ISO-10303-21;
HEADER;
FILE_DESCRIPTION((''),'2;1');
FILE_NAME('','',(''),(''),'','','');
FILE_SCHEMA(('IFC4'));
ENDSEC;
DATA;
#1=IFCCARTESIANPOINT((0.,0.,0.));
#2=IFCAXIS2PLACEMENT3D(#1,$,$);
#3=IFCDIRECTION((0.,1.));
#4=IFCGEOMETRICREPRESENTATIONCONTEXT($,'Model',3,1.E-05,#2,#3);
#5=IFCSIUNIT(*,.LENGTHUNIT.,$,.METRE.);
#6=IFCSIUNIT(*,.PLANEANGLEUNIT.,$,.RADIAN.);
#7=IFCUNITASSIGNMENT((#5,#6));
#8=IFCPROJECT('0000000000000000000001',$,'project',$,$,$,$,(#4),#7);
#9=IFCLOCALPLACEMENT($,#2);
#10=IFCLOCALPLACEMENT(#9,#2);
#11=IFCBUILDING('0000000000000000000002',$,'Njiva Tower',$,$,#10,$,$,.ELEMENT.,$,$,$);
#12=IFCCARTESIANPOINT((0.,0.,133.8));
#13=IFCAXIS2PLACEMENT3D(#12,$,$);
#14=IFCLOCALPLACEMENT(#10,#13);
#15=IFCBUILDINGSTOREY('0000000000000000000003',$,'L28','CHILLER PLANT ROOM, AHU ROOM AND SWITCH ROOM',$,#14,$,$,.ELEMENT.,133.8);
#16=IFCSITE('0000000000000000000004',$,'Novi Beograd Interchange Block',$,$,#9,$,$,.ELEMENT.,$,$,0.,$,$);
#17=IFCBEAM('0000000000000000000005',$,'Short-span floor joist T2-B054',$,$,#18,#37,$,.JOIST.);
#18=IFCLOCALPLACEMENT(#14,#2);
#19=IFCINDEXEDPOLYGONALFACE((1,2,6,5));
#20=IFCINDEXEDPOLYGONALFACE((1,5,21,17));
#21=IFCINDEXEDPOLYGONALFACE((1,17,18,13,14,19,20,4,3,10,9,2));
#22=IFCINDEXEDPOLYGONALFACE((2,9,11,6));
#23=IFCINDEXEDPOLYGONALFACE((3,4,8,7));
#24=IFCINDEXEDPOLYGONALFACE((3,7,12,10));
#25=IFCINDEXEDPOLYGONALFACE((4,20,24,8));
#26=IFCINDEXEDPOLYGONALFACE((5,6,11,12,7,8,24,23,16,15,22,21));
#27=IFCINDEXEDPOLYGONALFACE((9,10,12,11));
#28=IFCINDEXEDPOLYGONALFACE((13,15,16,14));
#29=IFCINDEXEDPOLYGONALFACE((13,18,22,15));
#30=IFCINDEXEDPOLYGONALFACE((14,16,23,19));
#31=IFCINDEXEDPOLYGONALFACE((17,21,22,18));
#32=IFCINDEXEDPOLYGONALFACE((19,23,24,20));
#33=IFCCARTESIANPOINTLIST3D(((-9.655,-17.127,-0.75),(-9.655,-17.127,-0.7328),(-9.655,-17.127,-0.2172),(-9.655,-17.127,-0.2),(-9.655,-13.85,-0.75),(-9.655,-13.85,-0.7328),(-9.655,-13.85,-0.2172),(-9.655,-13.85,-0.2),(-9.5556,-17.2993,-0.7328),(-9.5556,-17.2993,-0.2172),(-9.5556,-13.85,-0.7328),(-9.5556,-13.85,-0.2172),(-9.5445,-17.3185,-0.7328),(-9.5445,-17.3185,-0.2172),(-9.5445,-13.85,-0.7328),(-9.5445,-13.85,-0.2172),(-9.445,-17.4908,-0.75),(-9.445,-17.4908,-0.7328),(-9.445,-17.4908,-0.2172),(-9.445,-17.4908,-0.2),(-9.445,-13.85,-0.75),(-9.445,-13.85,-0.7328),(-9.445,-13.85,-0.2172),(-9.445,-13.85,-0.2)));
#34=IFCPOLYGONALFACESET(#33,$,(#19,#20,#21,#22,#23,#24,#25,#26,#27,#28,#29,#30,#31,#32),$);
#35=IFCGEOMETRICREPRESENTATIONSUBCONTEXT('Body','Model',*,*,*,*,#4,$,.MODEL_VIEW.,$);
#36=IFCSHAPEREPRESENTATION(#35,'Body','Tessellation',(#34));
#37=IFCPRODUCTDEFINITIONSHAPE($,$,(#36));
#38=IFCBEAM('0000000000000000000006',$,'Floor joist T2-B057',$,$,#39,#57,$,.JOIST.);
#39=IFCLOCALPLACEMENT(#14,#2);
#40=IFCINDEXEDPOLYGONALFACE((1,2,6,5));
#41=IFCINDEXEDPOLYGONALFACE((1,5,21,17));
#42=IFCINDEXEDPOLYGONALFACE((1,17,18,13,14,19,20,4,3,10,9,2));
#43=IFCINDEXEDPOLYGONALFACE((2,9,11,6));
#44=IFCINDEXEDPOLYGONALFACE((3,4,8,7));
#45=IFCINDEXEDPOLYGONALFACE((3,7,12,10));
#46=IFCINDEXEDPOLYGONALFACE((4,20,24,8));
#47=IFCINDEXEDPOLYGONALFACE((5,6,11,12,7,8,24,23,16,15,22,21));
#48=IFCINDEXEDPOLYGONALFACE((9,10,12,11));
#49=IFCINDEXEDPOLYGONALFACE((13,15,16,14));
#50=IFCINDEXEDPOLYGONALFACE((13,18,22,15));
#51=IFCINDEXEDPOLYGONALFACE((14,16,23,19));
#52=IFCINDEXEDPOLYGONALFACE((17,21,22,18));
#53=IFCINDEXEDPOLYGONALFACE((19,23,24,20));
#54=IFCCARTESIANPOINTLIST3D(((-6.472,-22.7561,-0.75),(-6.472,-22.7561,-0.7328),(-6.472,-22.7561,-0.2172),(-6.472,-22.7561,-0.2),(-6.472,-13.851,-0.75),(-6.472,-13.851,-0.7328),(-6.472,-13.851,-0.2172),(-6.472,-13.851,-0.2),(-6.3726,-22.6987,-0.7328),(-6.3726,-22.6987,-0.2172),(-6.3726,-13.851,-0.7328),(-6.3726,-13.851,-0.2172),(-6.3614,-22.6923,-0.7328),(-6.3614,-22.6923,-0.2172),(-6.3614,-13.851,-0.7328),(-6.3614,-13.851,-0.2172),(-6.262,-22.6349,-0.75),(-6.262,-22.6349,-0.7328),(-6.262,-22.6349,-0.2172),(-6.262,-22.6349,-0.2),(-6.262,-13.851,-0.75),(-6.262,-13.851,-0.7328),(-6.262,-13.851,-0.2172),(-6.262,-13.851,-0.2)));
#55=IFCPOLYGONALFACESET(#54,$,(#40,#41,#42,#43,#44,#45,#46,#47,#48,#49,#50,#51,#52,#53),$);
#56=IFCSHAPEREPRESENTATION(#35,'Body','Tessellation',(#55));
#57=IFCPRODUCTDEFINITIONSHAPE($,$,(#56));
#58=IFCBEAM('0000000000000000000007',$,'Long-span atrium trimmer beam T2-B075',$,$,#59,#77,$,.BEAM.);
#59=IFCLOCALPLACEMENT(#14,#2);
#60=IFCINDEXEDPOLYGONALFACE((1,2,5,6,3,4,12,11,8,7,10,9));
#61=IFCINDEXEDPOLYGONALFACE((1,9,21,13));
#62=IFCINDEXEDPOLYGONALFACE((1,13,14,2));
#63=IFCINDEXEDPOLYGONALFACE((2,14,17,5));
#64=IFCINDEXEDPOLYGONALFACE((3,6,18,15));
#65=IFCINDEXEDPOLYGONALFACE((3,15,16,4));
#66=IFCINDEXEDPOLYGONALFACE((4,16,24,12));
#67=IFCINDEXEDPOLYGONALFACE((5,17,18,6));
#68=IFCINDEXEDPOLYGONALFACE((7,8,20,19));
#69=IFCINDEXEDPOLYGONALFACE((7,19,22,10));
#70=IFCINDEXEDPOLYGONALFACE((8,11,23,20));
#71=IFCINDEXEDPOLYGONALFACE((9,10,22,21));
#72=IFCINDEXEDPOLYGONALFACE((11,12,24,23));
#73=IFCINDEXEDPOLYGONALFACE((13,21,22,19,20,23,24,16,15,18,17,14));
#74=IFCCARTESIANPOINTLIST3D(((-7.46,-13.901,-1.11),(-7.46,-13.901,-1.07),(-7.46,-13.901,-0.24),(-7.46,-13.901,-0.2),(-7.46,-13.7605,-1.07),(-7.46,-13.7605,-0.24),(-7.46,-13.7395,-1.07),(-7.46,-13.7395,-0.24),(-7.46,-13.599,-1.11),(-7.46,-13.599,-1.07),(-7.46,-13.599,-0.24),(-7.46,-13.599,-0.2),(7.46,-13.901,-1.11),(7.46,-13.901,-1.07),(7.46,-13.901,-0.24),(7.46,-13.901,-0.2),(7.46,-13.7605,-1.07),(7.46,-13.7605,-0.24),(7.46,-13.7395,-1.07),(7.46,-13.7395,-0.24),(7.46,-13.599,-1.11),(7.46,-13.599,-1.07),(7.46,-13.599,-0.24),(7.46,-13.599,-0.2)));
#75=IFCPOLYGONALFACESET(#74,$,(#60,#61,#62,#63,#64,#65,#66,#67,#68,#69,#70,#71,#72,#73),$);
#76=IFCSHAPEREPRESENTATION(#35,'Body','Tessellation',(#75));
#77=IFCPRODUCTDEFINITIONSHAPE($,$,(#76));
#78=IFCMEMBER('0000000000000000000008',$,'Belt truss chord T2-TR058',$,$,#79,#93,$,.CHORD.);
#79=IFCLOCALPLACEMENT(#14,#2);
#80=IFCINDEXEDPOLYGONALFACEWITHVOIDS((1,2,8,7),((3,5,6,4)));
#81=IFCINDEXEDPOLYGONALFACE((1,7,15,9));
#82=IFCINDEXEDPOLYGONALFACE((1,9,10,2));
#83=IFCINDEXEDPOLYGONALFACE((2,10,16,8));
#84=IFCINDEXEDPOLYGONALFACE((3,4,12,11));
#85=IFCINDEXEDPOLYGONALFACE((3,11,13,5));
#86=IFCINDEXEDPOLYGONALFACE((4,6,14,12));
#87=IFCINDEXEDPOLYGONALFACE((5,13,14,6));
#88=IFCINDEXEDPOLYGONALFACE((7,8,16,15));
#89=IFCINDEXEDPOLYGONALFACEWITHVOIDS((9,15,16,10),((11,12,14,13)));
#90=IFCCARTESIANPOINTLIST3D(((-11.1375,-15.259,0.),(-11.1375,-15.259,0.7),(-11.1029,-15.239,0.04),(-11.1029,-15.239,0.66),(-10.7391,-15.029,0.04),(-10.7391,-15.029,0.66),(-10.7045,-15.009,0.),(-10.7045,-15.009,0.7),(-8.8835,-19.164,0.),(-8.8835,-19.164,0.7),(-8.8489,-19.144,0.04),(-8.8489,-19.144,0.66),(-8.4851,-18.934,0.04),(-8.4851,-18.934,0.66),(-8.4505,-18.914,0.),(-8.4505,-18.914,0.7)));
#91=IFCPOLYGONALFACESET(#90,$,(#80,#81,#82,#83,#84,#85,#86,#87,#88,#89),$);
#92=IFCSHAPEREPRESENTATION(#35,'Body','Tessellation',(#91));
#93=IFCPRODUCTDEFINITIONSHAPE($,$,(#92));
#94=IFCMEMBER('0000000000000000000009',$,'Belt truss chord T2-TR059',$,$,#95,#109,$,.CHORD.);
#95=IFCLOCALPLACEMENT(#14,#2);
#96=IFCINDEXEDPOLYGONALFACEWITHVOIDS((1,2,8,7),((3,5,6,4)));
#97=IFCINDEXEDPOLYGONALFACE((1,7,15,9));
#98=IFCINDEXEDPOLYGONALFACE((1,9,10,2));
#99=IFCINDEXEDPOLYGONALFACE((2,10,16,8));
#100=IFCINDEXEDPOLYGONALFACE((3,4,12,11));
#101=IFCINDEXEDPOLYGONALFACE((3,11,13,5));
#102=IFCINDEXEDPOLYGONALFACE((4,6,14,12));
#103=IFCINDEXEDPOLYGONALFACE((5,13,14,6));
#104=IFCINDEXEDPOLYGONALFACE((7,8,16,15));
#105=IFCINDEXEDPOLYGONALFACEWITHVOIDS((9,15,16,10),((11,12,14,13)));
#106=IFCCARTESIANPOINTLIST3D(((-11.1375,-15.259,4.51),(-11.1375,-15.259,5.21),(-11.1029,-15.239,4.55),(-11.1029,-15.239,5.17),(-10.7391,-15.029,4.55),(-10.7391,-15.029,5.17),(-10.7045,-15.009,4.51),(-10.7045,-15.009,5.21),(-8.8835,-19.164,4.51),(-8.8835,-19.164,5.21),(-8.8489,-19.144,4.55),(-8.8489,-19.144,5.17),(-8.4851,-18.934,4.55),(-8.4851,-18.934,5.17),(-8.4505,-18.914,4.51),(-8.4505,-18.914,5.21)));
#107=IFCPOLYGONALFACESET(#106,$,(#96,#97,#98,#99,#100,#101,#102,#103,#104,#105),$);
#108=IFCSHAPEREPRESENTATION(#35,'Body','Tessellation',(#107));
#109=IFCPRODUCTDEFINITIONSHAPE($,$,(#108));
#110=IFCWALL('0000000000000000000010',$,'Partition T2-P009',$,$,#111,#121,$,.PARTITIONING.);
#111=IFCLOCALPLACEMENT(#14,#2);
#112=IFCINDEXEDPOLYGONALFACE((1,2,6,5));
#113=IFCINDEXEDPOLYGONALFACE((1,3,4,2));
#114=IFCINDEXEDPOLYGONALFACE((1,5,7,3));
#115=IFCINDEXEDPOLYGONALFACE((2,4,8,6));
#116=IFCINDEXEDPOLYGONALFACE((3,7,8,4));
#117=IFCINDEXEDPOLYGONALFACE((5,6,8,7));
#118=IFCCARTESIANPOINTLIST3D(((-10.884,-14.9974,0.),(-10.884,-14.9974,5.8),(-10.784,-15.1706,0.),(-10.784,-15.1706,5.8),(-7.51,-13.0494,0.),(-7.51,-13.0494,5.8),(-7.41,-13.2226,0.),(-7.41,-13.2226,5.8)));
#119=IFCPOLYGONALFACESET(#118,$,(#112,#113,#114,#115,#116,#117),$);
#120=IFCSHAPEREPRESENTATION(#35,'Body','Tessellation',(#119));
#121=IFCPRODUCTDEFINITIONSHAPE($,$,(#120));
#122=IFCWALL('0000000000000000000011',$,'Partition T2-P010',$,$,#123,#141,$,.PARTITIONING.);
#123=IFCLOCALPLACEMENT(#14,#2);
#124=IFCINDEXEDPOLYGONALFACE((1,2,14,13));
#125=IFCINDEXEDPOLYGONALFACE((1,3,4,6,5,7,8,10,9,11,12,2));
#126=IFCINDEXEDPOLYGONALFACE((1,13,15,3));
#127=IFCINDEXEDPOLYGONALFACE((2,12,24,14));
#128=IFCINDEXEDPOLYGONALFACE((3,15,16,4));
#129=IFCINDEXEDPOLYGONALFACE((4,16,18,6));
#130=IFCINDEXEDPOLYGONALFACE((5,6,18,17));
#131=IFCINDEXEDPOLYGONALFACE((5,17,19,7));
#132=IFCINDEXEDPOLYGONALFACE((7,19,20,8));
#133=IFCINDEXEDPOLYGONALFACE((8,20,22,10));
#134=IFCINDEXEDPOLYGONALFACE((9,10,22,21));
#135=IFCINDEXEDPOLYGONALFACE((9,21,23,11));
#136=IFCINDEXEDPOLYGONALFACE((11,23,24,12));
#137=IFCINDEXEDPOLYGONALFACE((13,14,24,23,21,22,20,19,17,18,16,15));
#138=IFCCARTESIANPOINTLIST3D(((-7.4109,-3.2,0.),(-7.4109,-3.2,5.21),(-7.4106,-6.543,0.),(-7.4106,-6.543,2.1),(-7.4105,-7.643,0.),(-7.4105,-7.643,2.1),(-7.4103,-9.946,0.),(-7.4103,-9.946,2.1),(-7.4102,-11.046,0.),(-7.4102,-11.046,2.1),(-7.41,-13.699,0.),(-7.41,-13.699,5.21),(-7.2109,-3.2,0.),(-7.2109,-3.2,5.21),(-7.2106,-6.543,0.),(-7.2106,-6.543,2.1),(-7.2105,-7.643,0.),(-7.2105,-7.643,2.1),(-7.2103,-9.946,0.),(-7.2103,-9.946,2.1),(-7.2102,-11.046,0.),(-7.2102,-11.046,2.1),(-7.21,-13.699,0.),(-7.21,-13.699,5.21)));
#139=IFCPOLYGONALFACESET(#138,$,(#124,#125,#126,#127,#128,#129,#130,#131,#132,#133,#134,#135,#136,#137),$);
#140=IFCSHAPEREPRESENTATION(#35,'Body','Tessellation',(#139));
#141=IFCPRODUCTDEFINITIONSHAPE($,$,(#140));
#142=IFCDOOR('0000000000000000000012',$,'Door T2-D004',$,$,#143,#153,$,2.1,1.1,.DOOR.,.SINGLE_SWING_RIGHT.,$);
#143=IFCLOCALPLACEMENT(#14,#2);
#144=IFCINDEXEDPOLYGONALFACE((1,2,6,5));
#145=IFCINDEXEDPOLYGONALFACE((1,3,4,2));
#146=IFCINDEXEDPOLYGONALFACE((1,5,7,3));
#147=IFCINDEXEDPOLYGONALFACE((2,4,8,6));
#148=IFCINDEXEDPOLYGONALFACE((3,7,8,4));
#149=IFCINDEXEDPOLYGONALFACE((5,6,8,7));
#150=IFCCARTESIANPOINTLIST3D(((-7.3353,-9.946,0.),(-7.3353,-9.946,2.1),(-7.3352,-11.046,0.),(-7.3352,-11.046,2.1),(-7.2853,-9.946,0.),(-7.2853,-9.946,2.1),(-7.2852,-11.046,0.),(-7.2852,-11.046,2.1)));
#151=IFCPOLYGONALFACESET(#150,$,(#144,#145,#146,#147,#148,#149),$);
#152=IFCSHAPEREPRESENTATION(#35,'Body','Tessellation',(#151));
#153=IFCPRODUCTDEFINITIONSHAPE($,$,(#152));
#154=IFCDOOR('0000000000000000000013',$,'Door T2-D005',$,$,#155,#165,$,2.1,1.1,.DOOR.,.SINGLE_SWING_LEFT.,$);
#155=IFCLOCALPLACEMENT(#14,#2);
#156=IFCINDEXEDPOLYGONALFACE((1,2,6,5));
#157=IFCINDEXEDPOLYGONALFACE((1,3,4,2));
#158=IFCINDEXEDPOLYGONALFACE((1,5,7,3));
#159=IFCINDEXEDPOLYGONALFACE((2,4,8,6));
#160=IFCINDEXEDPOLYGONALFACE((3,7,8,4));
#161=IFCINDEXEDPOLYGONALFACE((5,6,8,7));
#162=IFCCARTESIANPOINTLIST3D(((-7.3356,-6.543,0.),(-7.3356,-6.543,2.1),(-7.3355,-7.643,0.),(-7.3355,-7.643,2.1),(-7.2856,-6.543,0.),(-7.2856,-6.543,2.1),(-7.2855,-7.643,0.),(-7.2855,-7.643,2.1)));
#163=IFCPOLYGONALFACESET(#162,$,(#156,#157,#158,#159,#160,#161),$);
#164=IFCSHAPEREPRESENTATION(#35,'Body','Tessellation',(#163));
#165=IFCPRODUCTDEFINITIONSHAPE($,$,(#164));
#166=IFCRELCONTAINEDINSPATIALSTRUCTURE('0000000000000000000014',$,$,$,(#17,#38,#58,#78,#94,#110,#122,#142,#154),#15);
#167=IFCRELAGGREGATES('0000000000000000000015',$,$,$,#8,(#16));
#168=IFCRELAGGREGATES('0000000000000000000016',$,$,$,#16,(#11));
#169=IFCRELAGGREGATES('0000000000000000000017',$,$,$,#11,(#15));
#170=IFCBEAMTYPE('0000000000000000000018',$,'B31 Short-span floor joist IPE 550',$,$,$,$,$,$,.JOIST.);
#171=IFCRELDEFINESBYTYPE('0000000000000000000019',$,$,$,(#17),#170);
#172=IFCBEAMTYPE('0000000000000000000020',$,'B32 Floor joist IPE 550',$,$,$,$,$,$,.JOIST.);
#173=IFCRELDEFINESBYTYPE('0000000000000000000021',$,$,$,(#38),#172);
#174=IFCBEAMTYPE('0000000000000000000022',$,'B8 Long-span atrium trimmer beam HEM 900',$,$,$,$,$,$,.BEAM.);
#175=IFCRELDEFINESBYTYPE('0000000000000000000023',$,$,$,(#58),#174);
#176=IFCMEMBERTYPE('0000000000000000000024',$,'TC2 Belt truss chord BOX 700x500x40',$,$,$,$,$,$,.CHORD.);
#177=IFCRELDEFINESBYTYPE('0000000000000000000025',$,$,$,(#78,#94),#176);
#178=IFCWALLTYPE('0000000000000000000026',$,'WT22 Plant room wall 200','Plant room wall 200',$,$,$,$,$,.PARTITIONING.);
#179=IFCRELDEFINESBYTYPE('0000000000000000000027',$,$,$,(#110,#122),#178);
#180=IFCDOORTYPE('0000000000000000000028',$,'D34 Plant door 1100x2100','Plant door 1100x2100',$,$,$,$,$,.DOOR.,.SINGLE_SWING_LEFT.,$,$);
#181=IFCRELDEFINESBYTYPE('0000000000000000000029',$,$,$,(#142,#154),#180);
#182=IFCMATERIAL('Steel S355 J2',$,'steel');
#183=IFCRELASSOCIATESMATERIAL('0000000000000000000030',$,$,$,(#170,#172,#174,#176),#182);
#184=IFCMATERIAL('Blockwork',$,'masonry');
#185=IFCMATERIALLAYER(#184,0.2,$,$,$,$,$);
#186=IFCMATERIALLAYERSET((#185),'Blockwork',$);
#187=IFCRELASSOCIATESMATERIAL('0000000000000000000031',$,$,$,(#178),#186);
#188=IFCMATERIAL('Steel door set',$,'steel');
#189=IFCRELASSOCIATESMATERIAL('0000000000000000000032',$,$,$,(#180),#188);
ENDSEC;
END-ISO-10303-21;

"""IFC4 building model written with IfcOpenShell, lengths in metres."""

from ifc_helpers import new_model, si_unit, direction, frame, frame_2d, origin, origin_2d, place, context, subcontext, project, spatial, rectangle, hollow_rectangle, i_section, extrude, clip, halfspace, material, layer, layer_set, material_profile, profile_set, type_object, element, fill, save


model = new_model("IFC4")

# Units and contexts
model_context = context("Model", 3, precision=1e-05, world=origin(), true_north=direction((0.0, 1.0)))
body_context = subcontext(model_context, "Body", "Model", "MODEL_VIEW")
ifc_project = project(units=[si_unit("LENGTHUNIT", "METRE"), si_unit("PLANEANGLEUNIT", "RADIAN")], contexts=[model_context])

# Site, building, storey
site_placement = place(None, origin())
site = spatial("IfcSite", under=ifc_project, at=site_placement, Name="Novi Beograd Interchange Block", CompositionType="ELEMENT", RefElevation=0.0)
building_placement = place(site_placement, origin())
building = spatial("IfcBuilding", under=site, at=building_placement, Name="Njiva Tower", CompositionType="ELEMENT")
storey_placement = place(building_placement, frame((0.0, 0.0, 133.8)))
storey = spatial("IfcBuildingStorey", under=building, at=storey_placement, Name="L28", Description="CHILLER PLANT ROOM, AHU ROOM AND SWITCH ROOM", CompositionType="ELEMENT", Elevation=133.8)

# Shared definitions
ifc_material_1 = material(Name="Steel S355 J2", Category="steel")

# Beams
ifc_material_profile_1 = material_profile(ifc_material_1, i_section(OverallWidth=0.21, OverallDepth=0.55, WebThickness=0.0111, FlangeThickness=0.0172, at=origin_2d()), Name="IPE 550")
ifc_profile_set_1 = profile_set([ifc_material_profile_1], Name="Steel S355 J2")
beam_type_1 = type_object("IfcBeamType", Name="B31 Short-span floor joist IPE 550", PredefinedType="JOIST", material=ifc_profile_set_1)
beam_1_placement = place(storey_placement, frame((-9.55, -13.85, -0.475), z_axis=(0.0, -1.0, 0.0), x_axis=(1.0, 0.0, 0.0)))
element("IfcBeam", 1, at=beam_1_placement, inside=storey, type_object=beam_type_1, Name="Short-span floor joist T2-B054", PredefinedType="JOIST", context=body_context, shape_type="Clipping", body=[
    clip(extrude(i_section(OverallWidth=0.21, OverallDepth=0.55, WebThickness=0.0111, FlangeThickness=0.0172, at=origin_2d()), origin(), (0.0, 0.0, 1.0), 3.661), halfspace(frame((-0.0433, 0.0, 3.3839), z_axis=(-0.866027, 0.0, 0.499998), x_axis=(0.0, 1.0, 0.0)), False)),
])
ifc_material_profile_2 = material_profile(ifc_material_1, i_section(OverallWidth=0.21, OverallDepth=0.55, WebThickness=0.0111, FlangeThickness=0.0172, at=origin_2d()), Name="IPE 550")
ifc_profile_set_2 = profile_set([ifc_material_profile_2], Name="Steel S355 J2")
beam_type_2 = type_object("IfcBeamType", Name="B32 Floor joist IPE 550", PredefinedType="JOIST", material=ifc_profile_set_2)
beam_2_placement = place(storey_placement, frame((-6.367, -13.851, -0.475), z_axis=(0.0, -1.0, 0.0), x_axis=(1.0, 0.0, 0.0)))
element("IfcBeam", 2, at=beam_2_placement, inside=storey, type_object=beam_type_2, Name="Floor joist T2-B057", PredefinedType="JOIST", context=body_context, shape_type="Clipping", body=[
    clip(extrude(i_section(OverallWidth=0.21, OverallDepth=0.55, WebThickness=0.0111, FlangeThickness=0.0172, at=origin_2d()), origin(), (0.0, 0.0, 1.0), 8.925), halfspace(frame((0.0253, 0.0, 8.8299), z_axis=(0.499998, 0.0, 0.866027), x_axis=(0.0, 1.0, 0.0)), False)),
])
ifc_material_profile_3 = material_profile(ifc_material_1, i_section(OverallWidth=0.302, OverallDepth=0.91, WebThickness=0.021, FlangeThickness=0.04, at=origin_2d()), Name="HEM 900")
ifc_profile_set_3 = profile_set([ifc_material_profile_3], Name="Steel S355 J2")
beam_type_3 = type_object("IfcBeamType", Name="B8 Long-span atrium trimmer beam HEM 900", PredefinedType="BEAM", material=ifc_profile_set_3)
beam_3_placement = place(storey_placement, frame((-7.46, -13.75, -0.655), z_axis=(1.0, 0.0, 0.0), x_axis=(0.0, 1.0, 0.0)))
element("IfcBeam", 3, at=beam_3_placement, inside=storey, type_object=beam_type_3, Name="Long-span atrium trimmer beam T2-B075", PredefinedType="BEAM", context=body_context, shape_type="SweptSolid", body=[
    extrude(i_section(OverallWidth=0.302, OverallDepth=0.91, WebThickness=0.021, FlangeThickness=0.04, at=origin_2d()), origin(), (0.0, 0.0, 1.0), 14.92),
])

# Members
ifc_material_profile_4 = material_profile(ifc_material_1, hollow_rectangle(XDim=0.5, YDim=0.7, WallThickness=0.04, at=origin_2d()), Name="BOX 700x500x40")
ifc_profile_set_4 = profile_set([ifc_material_profile_4], Name="Steel S355 J2")
member_type_1 = type_object("IfcMemberType", Name="TC2 Belt truss chord BOX 700x500x40", PredefinedType="CHORD", material=ifc_profile_set_4)
for number, where, z_axis, x_axis, name in (
    (4, (-10.921, -15.134, 0.35), (0.499908, -0.866078, 0.0), (0.866078, 0.499908, 0.0), "Belt truss chord T2-TR058"),
    (5, (-10.921, -15.134, 4.86), (0.499908, -0.866078, 0.0), (0.866078, 0.499908, 0.0), "Belt truss chord T2-TR059"),
):
    element("IfcMember", number, at=place(storey_placement, frame(where, z_axis=z_axis, x_axis=x_axis)), inside=storey, type_object=member_type_1, Name=name, PredefinedType="CHORD", context=body_context, shape_type="SweptSolid", body=[
        extrude(hollow_rectangle(XDim=0.5, YDim=0.7, WallThickness=0.04, at=origin_2d()), origin(), (0.0, 0.0, 1.0), 4.5088),
    ])

# Wall
ifc_material_2 = material(Name="Blockwork", Category="masonry")
ifc_layer_1 = layer(ifc_material_2, 0.2)
ifc_layer_set_1 = layer_set([ifc_layer_1], Name="Blockwork")
wall_type_1 = type_object("IfcWallType", Name="WT22 Plant room wall 200", Description="Plant room wall 200", PredefinedType="PARTITIONING", material=ifc_layer_set_1)
wall_1_placement = place(storey_placement, frame((-10.834, -15.084, 0.0), z_axis=(0.0, 0.0, 1.0), x_axis=(0.866023, 0.500004, 0.0)))
element("IfcWall", 6, at=wall_1_placement, inside=storey, type_object=wall_type_1, Name="Partition T2-P009", PredefinedType="PARTITIONING", context=body_context, shape_type="SweptSolid", body=[
    extrude(rectangle(XDim=3.896, YDim=0.2, at=frame_2d((1.948, 0.0))), origin(), (0.0, 0.0, 1.0), 5.8),
])

# Wall, openings, doors
wall_2_placement = place(storey_placement, frame((-7.31, -13.699, 0.0), z_axis=(0.0, 0.0, 1.0), x_axis=(-0.000086, 1.0, 0.0)))
wall_2 = element("IfcWall", 7, at=wall_2_placement, inside=storey, type_object=wall_type_1, Name="Partition T2-P010", PredefinedType="PARTITIONING", context=body_context, shape_type="SweptSolid", body=[
    extrude(rectangle(XDim=10.499, YDim=0.2, at=frame_2d((5.2495, 0.0))), origin(), (0.0, 0.0, 1.0), 5.21),
])
opening_1_placement = place(wall_2_placement, frame((2.653, 0.0, 0.0)))
opening_1 = element("IfcOpeningElement", 8, at=opening_1_placement, cuts=wall_2, PredefinedType="OPENING", context=body_context, shape_type="SweptSolid", body=[
    extrude(rectangle(XDim=1.1, YDim=2.1, at=frame_2d((0.55, 1.05))), frame((0.0, 0.11, 0.0), z_axis=(0.0, -1.0, 0.0), x_axis=(1.0, 0.0, 0.0)), (0.0, 0.0, 1.0), 0.22),
])
opening_2_placement = place(wall_2_placement, frame((6.056, 0.0, 0.0)))
opening_2 = element("IfcOpeningElement", 9, at=opening_2_placement, cuts=wall_2, PredefinedType="OPENING", context=body_context, shape_type="SweptSolid", body=[
    extrude(rectangle(XDim=1.1, YDim=2.1, at=frame_2d((0.55, 1.05))), frame((0.0, 0.11, 0.0), z_axis=(0.0, -1.0, 0.0), x_axis=(1.0, 0.0, 0.0)), (0.0, 0.0, 1.0), 0.22),
])
ifc_material_3 = material(Name="Steel door set", Category="steel")
door_type = type_object("IfcDoorType", Name="D34 Plant door 1100x2100", Description="Plant door 1100x2100", OperationType="SINGLE_SWING_LEFT", PredefinedType="DOOR", material=ifc_material_3)
door_1_placement = place(opening_1_placement, origin())
door_1 = element("IfcDoor", 10, at=door_1_placement, inside=storey, type_object=door_type, Name="Door T2-D004", OperationType="SINGLE_SWING_RIGHT", OverallHeight=2.1, OverallWidth=1.1, PredefinedType="DOOR", context=body_context, shape_type="SweptSolid", body=[
    extrude(rectangle(XDim=1.1, YDim=2.1, at=frame_2d((0.55, 1.05))), frame((0.0, 0.025, 0.0), z_axis=(0.0, -1.0, 0.0), x_axis=(1.0, 0.0, 0.0)), (0.0, 0.0, 1.0), 0.05),
])
fill(opening_1, door_1)
door_2_placement = place(opening_2_placement, origin())
door_2 = element("IfcDoor", 11, at=door_2_placement, inside=storey, type_object=door_type, Name="Door T2-D005", OperationType="SINGLE_SWING_LEFT", OverallHeight=2.1, OverallWidth=1.1, PredefinedType="DOOR", context=body_context, shape_type="SweptSolid", body=[
    extrude(rectangle(XDim=1.1, YDim=2.1, at=frame_2d((0.55, 1.05))), frame((0.0, 0.025, 0.0), z_axis=(0.0, -1.0, 0.0), x_axis=(1.0, 0.0, 0.0)), (0.0, 0.0, 1.0), 0.05),
])
fill(opening_2, door_2)

save(model, "model.ifc")
